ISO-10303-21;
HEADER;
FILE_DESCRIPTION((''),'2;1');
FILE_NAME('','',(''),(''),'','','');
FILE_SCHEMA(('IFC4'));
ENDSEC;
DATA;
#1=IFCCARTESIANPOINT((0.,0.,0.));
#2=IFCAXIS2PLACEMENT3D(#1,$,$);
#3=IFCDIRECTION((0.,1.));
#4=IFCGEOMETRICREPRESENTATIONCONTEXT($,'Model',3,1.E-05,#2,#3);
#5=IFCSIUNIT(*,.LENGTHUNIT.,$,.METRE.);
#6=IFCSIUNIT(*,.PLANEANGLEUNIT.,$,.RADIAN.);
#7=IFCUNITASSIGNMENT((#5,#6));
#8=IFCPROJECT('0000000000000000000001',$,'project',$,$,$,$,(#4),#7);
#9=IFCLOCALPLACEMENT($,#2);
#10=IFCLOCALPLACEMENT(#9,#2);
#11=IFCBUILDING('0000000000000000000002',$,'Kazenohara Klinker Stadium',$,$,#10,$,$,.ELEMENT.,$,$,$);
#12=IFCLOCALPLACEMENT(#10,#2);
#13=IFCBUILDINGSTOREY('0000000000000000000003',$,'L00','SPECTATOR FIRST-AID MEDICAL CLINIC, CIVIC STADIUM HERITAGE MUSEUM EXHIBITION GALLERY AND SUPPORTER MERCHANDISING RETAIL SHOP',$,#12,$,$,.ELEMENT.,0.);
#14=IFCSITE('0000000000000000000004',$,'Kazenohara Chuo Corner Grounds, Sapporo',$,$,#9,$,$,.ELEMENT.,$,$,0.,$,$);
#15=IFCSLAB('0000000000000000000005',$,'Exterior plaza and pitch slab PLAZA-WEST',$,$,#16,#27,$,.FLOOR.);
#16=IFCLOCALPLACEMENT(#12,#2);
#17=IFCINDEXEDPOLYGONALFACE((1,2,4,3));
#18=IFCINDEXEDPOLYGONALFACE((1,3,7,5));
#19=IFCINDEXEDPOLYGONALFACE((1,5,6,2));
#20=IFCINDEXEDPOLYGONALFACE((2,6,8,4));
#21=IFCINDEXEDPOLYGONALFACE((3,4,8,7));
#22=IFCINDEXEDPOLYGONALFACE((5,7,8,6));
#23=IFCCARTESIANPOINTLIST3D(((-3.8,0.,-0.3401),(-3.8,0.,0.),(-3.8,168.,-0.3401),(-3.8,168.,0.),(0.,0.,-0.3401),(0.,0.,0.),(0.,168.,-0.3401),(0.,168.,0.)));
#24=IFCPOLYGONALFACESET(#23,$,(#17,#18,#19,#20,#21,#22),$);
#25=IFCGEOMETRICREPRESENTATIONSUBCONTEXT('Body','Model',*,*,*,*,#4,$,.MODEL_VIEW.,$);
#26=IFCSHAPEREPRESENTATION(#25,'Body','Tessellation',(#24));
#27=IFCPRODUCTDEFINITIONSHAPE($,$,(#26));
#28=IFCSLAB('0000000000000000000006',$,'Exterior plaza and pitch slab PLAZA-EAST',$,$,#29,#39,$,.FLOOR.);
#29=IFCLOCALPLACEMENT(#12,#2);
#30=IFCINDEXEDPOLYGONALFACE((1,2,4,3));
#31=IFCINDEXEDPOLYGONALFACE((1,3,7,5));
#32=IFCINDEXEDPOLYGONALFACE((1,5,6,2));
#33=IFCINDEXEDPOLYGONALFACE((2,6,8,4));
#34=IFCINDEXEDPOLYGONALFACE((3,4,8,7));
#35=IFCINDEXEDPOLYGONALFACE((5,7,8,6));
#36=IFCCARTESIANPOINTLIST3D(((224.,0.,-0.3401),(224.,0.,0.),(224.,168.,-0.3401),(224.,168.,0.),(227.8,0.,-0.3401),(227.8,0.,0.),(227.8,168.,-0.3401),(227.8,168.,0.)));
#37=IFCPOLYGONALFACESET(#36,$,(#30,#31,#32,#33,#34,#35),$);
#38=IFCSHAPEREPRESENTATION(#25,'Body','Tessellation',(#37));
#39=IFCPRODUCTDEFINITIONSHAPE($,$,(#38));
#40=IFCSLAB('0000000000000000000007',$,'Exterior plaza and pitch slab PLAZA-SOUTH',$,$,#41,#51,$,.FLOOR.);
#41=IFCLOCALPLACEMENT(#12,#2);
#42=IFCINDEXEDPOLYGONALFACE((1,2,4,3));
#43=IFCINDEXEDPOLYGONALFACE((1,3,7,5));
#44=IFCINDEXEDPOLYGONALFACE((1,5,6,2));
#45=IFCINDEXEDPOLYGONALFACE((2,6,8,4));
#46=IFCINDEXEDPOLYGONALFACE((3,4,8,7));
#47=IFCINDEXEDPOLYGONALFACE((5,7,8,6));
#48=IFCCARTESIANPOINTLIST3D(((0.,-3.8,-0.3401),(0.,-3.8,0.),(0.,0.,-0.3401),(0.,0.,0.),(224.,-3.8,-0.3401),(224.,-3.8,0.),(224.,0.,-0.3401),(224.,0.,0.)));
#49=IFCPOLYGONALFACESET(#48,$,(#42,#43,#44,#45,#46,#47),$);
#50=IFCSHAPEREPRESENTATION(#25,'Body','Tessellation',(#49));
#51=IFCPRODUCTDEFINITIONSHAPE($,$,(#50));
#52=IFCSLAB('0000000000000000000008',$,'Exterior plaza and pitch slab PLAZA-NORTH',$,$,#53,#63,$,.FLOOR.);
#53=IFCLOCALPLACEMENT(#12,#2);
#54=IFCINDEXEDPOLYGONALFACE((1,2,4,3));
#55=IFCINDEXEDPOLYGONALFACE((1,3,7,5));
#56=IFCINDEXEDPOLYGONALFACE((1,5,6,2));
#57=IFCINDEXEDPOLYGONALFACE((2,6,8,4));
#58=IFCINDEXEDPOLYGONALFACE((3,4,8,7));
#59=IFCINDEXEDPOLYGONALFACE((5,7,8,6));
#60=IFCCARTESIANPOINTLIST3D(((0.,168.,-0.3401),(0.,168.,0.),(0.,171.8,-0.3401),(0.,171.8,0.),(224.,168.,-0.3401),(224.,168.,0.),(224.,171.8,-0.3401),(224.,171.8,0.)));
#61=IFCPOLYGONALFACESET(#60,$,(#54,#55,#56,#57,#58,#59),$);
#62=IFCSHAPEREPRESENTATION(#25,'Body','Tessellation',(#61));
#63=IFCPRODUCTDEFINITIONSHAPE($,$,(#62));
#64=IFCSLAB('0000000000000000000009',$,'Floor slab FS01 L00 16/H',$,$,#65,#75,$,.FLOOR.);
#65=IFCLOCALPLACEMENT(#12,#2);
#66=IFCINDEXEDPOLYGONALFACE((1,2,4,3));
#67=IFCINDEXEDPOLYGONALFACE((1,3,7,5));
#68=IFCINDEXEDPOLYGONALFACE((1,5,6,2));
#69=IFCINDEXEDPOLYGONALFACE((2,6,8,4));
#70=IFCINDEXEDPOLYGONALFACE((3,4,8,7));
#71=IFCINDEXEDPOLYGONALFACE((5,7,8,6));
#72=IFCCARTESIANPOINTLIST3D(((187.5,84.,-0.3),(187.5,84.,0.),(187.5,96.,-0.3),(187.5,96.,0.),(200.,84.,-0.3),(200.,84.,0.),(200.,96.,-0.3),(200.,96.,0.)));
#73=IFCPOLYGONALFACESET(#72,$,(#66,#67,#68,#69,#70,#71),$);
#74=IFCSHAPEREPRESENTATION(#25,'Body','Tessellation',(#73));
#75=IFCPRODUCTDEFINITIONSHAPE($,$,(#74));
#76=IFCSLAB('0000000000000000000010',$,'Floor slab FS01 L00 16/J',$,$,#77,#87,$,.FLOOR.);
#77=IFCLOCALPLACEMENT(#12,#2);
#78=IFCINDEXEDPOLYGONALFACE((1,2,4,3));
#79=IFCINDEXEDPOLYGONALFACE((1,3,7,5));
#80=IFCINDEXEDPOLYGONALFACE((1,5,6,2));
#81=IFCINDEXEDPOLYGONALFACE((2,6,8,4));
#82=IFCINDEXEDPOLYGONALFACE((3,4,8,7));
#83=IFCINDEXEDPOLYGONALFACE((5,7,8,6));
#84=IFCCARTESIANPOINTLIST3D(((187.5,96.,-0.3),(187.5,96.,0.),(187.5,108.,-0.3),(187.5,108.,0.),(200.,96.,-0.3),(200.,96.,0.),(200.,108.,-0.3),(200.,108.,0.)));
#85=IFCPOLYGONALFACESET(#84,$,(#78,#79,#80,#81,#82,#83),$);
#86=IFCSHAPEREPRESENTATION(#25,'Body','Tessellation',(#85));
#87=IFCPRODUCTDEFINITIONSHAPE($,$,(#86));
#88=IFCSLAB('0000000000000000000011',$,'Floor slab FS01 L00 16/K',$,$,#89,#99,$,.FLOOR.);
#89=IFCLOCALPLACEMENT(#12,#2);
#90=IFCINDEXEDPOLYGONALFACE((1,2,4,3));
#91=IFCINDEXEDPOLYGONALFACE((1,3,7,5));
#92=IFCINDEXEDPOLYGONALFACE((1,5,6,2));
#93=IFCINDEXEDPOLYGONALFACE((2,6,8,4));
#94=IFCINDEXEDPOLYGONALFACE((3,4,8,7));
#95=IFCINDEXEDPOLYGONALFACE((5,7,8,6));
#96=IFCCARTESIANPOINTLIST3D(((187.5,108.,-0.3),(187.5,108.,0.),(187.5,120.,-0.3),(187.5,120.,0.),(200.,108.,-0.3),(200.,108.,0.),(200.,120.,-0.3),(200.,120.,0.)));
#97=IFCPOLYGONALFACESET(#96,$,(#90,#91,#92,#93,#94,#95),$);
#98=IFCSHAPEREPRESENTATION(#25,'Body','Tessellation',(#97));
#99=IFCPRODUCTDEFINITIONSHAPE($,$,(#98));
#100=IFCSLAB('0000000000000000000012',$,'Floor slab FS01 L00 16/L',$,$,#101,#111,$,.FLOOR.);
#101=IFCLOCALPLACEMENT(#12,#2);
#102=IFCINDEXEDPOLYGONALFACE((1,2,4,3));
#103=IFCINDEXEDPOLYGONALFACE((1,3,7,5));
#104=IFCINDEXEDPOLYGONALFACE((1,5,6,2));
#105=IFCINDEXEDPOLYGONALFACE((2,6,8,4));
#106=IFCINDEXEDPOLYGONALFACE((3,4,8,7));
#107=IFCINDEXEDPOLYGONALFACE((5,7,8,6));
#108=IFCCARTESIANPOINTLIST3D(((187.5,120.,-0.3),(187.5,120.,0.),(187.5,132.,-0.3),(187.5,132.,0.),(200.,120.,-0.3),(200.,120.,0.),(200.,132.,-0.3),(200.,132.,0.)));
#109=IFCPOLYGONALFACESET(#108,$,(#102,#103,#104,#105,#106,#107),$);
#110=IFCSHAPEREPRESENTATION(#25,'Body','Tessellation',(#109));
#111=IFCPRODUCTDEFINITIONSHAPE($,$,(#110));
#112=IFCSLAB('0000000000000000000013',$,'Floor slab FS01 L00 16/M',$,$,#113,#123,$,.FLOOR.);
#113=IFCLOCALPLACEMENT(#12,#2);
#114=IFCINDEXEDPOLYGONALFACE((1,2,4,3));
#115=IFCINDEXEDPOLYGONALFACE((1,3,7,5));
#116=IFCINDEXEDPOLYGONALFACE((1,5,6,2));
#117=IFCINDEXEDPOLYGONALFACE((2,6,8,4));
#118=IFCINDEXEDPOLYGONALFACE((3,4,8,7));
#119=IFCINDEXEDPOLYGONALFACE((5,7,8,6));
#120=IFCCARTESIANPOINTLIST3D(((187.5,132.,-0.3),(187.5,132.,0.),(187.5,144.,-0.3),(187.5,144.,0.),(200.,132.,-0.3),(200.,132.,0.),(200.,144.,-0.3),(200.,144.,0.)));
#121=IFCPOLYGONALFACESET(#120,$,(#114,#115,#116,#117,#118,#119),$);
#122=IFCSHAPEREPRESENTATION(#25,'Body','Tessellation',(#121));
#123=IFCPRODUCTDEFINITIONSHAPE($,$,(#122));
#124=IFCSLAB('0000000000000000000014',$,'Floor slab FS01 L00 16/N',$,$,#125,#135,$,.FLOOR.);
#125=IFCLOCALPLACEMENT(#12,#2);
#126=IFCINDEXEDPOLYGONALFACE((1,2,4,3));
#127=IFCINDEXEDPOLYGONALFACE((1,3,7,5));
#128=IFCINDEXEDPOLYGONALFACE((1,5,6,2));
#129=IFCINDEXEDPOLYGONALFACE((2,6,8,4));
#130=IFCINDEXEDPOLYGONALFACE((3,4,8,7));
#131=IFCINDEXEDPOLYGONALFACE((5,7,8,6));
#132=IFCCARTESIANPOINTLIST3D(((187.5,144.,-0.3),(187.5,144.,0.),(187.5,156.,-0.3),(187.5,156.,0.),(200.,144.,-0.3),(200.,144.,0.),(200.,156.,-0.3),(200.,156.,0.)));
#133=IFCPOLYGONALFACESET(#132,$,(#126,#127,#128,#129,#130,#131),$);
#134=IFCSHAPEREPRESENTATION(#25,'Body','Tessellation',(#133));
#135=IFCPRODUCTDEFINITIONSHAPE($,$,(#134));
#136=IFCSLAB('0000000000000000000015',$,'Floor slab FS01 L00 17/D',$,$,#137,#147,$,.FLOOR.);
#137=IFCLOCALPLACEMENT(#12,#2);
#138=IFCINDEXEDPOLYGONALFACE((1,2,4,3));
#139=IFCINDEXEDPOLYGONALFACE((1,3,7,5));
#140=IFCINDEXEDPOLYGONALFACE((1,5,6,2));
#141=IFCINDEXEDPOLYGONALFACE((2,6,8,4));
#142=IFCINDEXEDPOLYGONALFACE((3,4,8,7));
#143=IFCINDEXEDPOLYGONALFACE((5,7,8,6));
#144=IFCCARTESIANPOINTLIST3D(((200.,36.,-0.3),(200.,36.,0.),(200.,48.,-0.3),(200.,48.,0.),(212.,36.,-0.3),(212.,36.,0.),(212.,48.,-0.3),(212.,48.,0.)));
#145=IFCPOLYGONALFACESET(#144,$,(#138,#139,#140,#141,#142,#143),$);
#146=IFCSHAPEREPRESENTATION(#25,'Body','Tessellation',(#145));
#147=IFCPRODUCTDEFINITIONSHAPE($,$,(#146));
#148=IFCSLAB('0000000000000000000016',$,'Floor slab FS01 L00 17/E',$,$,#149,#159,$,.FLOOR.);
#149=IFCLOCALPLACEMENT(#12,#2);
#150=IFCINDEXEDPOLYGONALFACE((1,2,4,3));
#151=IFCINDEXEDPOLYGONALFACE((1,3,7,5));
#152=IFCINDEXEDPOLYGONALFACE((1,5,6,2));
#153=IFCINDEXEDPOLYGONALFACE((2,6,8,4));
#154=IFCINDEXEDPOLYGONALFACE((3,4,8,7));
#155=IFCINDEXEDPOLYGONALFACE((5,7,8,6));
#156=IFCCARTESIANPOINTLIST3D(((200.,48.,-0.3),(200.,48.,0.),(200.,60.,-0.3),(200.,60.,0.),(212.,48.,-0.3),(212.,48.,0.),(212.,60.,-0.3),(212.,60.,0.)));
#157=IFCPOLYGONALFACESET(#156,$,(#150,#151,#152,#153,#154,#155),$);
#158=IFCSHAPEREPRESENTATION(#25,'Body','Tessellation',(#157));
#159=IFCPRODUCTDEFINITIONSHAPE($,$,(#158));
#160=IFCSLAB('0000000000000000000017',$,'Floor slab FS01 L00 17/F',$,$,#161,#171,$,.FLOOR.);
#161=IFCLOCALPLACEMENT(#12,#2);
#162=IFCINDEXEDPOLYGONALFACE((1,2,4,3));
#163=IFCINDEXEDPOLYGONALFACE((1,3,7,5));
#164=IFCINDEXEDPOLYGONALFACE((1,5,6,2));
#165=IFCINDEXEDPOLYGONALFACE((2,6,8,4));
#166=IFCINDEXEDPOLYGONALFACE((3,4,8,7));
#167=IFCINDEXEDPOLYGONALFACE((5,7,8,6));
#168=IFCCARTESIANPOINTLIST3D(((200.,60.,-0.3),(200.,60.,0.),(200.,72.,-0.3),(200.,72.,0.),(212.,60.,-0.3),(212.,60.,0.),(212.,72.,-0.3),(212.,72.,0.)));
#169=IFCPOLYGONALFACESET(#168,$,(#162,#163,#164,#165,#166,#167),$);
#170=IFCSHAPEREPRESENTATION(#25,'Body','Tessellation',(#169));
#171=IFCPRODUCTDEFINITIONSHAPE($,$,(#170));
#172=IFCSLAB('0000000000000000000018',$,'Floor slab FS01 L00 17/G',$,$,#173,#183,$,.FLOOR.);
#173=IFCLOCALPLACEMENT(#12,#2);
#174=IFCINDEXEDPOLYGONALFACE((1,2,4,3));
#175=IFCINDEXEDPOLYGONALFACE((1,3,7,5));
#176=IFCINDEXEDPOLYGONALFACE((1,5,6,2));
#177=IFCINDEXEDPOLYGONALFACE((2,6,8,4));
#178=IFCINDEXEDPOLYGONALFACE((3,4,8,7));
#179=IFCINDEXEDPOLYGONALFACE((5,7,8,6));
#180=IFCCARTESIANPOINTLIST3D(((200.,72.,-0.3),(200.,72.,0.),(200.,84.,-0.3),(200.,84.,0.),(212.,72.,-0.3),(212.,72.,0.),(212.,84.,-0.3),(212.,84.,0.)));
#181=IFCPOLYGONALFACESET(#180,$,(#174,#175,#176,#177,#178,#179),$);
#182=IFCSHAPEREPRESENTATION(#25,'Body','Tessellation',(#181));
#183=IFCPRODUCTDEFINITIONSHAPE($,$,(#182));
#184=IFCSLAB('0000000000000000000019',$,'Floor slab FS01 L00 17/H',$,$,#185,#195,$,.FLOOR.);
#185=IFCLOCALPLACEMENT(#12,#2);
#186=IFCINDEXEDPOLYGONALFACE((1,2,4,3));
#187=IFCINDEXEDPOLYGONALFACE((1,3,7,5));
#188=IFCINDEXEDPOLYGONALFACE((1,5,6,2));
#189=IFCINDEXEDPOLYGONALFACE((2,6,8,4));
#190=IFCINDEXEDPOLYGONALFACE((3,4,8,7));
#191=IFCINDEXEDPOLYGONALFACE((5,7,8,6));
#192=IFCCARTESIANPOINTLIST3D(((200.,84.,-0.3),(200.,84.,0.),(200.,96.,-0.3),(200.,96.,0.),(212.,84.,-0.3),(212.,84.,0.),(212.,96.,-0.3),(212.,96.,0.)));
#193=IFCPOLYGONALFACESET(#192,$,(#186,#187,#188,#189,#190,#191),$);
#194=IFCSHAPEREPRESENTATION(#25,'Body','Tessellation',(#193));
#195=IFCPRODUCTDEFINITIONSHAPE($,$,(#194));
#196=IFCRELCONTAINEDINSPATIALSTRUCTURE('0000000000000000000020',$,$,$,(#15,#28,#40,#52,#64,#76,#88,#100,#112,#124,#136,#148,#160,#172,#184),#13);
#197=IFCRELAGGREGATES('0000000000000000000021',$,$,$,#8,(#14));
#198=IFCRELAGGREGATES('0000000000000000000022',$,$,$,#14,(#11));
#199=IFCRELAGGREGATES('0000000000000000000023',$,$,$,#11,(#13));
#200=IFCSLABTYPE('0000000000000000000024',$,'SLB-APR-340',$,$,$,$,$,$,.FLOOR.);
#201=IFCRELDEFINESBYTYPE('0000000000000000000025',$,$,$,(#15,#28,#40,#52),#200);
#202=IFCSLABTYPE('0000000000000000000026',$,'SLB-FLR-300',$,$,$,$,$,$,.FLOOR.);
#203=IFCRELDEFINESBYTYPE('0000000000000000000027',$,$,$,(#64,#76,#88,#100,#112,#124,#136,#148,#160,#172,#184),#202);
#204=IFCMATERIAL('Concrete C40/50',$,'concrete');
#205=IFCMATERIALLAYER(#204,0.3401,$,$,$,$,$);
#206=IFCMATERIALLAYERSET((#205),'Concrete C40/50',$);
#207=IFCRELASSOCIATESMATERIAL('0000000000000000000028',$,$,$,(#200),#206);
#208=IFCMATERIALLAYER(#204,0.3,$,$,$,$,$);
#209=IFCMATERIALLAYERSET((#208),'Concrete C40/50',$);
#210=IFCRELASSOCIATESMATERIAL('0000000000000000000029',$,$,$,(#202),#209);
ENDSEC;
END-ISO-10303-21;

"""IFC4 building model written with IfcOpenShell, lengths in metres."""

from ifc_helpers import new_model, si_unit, direction, frame, origin, place, context, subcontext, project, spatial, polyline, outline, extrude, material, layer, layer_set, type_object, element, save


model = new_model("IFC4")

# Units and contexts
model_context = context("Model", 3, precision=1e-05, world=origin(), true_north=direction((0.0, 1.0)))
body_context = subcontext(model_context, "Body", "Model", "MODEL_VIEW")
ifc_project = project(units=[si_unit("LENGTHUNIT", "METRE"), si_unit("PLANEANGLEUNIT", "RADIAN")], contexts=[model_context])

# Site, building, storey
site_placement = place(None, origin())
site = spatial("IfcSite", under=ifc_project, at=site_placement, Name="Kazenohara Chuo Corner Grounds, Sapporo", CompositionType="ELEMENT", RefElevation=0.0)
building_placement = place(site_placement, origin())
building = spatial("IfcBuilding", under=site, at=building_placement, Name="Kazenohara Klinker Stadium", CompositionType="ELEMENT")
storey_placement = place(building_placement, origin())
storey = spatial("IfcBuildingStorey", under=building, at=storey_placement, Name="L00", Description="SPECTATOR FIRST-AID MEDICAL CLINIC, CIVIC STADIUM HERITAGE MUSEUM EXHIBITION GALLERY AND SUPPORTER MERCHANDISING RETAIL SHOP", CompositionType="ELEMENT", Elevation=0.0)

# Slabs
ifc_material = material(Name="Concrete C40/50", Category="concrete")
ifc_layer_1 = layer(ifc_material, 0.3401)
ifc_layer_set_1 = layer_set([ifc_layer_1], Name="Concrete C40/50")
slab_type_1 = type_object("IfcSlabType", Name="SLB-APR-340", PredefinedType="FLOOR", material=ifc_layer_set_1)
slab_1_placement = place(storey_placement, frame((0.0, 0.0, -0.3401)))
element("IfcSlab", 1, at=slab_1_placement, inside=storey, type_object=slab_type_1, Name="Exterior plaza and pitch slab PLAZA-WEST", PredefinedType="FLOOR", context=body_context, shape_type="SweptSolid", body=[
    extrude(outline(polyline([(-3.8, 0.0), (0.0, 0.0), (0.0, 168.0), (-3.8, 168.0), (-3.8, 0.0)])), origin(), (0.0, 0.0, 1.0), 0.3401),
])
slab_2_placement = place(storey_placement, frame((0.0, 0.0, -0.3401)))
element("IfcSlab", 2, at=slab_2_placement, inside=storey, type_object=slab_type_1, Name="Exterior plaza and pitch slab PLAZA-EAST", PredefinedType="FLOOR", context=body_context, shape_type="SweptSolid", body=[
    extrude(outline(polyline([(224.0, 0.0), (227.8, 0.0), (227.8, 168.0), (224.0, 168.0), (224.0, 0.0)])), origin(), (0.0, 0.0, 1.0), 0.3401),
])
slab_3_placement = place(storey_placement, frame((0.0, 0.0, -0.3401)))
element("IfcSlab", 3, at=slab_3_placement, inside=storey, type_object=slab_type_1, Name="Exterior plaza and pitch slab PLAZA-SOUTH", PredefinedType="FLOOR", context=body_context, shape_type="SweptSolid", body=[
    extrude(outline(polyline([(0.0, -3.8), (224.0, -3.8), (224.0, 0.0), (0.0, 0.0), (0.0, -3.8)])), origin(), (0.0, 0.0, 1.0), 0.3401),
])
slab_4_placement = place(storey_placement, frame((0.0, 0.0, -0.3401)))
element("IfcSlab", 4, at=slab_4_placement, inside=storey, type_object=slab_type_1, Name="Exterior plaza and pitch slab PLAZA-NORTH", PredefinedType="FLOOR", context=body_context, shape_type="SweptSolid", body=[
    extrude(outline(polyline([(0.0, 168.0), (224.0, 168.0), (224.0, 171.8), (0.0, 171.8), (0.0, 168.0)])), origin(), (0.0, 0.0, 1.0), 0.3401),
])
ifc_layer_2 = layer(ifc_material, 0.3)
ifc_layer_set_2 = layer_set([ifc_layer_2], Name="Concrete C40/50")
slab_type_2 = type_object("IfcSlabType", Name="SLB-FLR-300", PredefinedType="FLOOR", material=ifc_layer_set_2)
slab_5_placement = place(storey_placement, frame((0.0, 0.0, -0.3)))
element("IfcSlab", 5, at=slab_5_placement, inside=storey, type_object=slab_type_2, Name="Floor slab FS01 L00 16/H", PredefinedType="FLOOR", context=body_context, shape_type="SweptSolid", body=[
    extrude(outline(polyline([(187.5, 84.0), (200.0, 84.0), (200.0, 96.0), (187.5, 96.0), (187.5, 84.0)])), origin(), (0.0, 0.0, 1.0), 0.3),
])
slab_6_placement = place(storey_placement, frame((0.0, 0.0, -0.3)))
element("IfcSlab", 6, at=slab_6_placement, inside=storey, type_object=slab_type_2, Name="Floor slab FS01 L00 16/J", PredefinedType="FLOOR", context=body_context, shape_type="SweptSolid", body=[
    extrude(outline(polyline([(187.5, 96.0), (200.0, 96.0), (200.0, 108.0), (187.5, 108.0), (187.5, 96.0)])), origin(), (0.0, 0.0, 1.0), 0.3),
])
slab_7_placement = place(storey_placement, frame((0.0, 0.0, -0.3)))
element("IfcSlab", 7, at=slab_7_placement, inside=storey, type_object=slab_type_2, Name="Floor slab FS01 L00 16/K", PredefinedType="FLOOR", context=body_context, shape_type="SweptSolid", body=[
    extrude(outline(polyline([(187.5, 108.0), (200.0, 108.0), (200.0, 120.0), (187.5, 120.0), (187.5, 108.0)])), origin(), (0.0, 0.0, 1.0), 0.3),
])
slab_8_placement = place(storey_placement, frame((0.0, 0.0, -0.3)))
element("IfcSlab", 8, at=slab_8_placement, inside=storey, type_object=slab_type_2, Name="Floor slab FS01 L00 16/L", PredefinedType="FLOOR", context=body_context, shape_type="SweptSolid", body=[
    extrude(outline(polyline([(187.5, 120.0), (200.0, 120.0), (200.0, 132.0), (187.5, 132.0), (187.5, 120.0)])), origin(), (0.0, 0.0, 1.0), 0.3),
])
slab_9_placement = place(storey_placement, frame((0.0, 0.0, -0.3)))
element("IfcSlab", 9, at=slab_9_placement, inside=storey, type_object=slab_type_2, Name="Floor slab FS01 L00 16/M", PredefinedType="FLOOR", context=body_context, shape_type="SweptSolid", body=[
    extrude(outline(polyline([(187.5, 132.0), (200.0, 132.0), (200.0, 144.0), (187.5, 144.0), (187.5, 132.0)])), origin(), (0.0, 0.0, 1.0), 0.3),
])
slab_10_placement = place(storey_placement, frame((0.0, 0.0, -0.3)))
element("IfcSlab", 10, at=slab_10_placement, inside=storey, type_object=slab_type_2, Name="Floor slab FS01 L00 16/N", PredefinedType="FLOOR", context=body_context, shape_type="SweptSolid", body=[
    extrude(outline(polyline([(187.5, 144.0), (200.0, 144.0), (200.0, 156.0), (187.5, 156.0), (187.5, 144.0)])), origin(), (0.0, 0.0, 1.0), 0.3),
])
slab_11_placement = place(storey_placement, frame((0.0, 0.0, -0.3)))
element("IfcSlab", 11, at=slab_11_placement, inside=storey, type_object=slab_type_2, Name="Floor slab FS01 L00 17/D", PredefinedType="FLOOR", context=body_context, shape_type="SweptSolid", body=[
    extrude(outline(polyline([(200.0, 36.0), (212.0, 36.0), (212.0, 48.0), (200.0, 48.0), (200.0, 36.0)])), origin(), (0.0, 0.0, 1.0), 0.3),
])
slab_12_placement = place(storey_placement, frame((0.0, 0.0, -0.3)))
element("IfcSlab", 12, at=slab_12_placement, inside=storey, type_object=slab_type_2, Name="Floor slab FS01 L00 17/E", PredefinedType="FLOOR", context=body_context, shape_type="SweptSolid", body=[
    extrude(outline(polyline([(200.0, 48.0), (212.0, 48.0), (212.0, 60.0), (200.0, 60.0), (200.0, 48.0)])), origin(), (0.0, 0.0, 1.0), 0.3),
])
slab_13_placement = place(storey_placement, frame((0.0, 0.0, -0.3)))
element("IfcSlab", 13, at=slab_13_placement, inside=storey, type_object=slab_type_2, Name="Floor slab FS01 L00 17/F", PredefinedType="FLOOR", context=body_context, shape_type="SweptSolid", body=[
    extrude(outline(polyline([(200.0, 60.0), (212.0, 60.0), (212.0, 72.0), (200.0, 72.0), (200.0, 60.0)])), origin(), (0.0, 0.0, 1.0), 0.3),
])
slab_14_placement = place(storey_placement, frame((0.0, 0.0, -0.3)))
element("IfcSlab", 14, at=slab_14_placement, inside=storey, type_object=slab_type_2, Name="Floor slab FS01 L00 17/G", PredefinedType="FLOOR", context=body_context, shape_type="SweptSolid", body=[
    extrude(outline(polyline([(200.0, 72.0), (212.0, 72.0), (212.0, 84.0), (200.0, 84.0), (200.0, 72.0)])), origin(), (0.0, 0.0, 1.0), 0.3),
])
slab_15_placement = place(storey_placement, frame((0.0, 0.0, -0.3)))
element("IfcSlab", 15, at=slab_15_placement, inside=storey, type_object=slab_type_2, Name="Floor slab FS01 L00 17/H", PredefinedType="FLOOR", context=body_context, shape_type="SweptSolid", body=[
    extrude(outline(polyline([(200.0, 84.0), (212.0, 84.0), (212.0, 96.0), (200.0, 96.0), (200.0, 84.0)])), origin(), (0.0, 0.0, 1.0), 0.3),
])

save(model, "model.ifc")
